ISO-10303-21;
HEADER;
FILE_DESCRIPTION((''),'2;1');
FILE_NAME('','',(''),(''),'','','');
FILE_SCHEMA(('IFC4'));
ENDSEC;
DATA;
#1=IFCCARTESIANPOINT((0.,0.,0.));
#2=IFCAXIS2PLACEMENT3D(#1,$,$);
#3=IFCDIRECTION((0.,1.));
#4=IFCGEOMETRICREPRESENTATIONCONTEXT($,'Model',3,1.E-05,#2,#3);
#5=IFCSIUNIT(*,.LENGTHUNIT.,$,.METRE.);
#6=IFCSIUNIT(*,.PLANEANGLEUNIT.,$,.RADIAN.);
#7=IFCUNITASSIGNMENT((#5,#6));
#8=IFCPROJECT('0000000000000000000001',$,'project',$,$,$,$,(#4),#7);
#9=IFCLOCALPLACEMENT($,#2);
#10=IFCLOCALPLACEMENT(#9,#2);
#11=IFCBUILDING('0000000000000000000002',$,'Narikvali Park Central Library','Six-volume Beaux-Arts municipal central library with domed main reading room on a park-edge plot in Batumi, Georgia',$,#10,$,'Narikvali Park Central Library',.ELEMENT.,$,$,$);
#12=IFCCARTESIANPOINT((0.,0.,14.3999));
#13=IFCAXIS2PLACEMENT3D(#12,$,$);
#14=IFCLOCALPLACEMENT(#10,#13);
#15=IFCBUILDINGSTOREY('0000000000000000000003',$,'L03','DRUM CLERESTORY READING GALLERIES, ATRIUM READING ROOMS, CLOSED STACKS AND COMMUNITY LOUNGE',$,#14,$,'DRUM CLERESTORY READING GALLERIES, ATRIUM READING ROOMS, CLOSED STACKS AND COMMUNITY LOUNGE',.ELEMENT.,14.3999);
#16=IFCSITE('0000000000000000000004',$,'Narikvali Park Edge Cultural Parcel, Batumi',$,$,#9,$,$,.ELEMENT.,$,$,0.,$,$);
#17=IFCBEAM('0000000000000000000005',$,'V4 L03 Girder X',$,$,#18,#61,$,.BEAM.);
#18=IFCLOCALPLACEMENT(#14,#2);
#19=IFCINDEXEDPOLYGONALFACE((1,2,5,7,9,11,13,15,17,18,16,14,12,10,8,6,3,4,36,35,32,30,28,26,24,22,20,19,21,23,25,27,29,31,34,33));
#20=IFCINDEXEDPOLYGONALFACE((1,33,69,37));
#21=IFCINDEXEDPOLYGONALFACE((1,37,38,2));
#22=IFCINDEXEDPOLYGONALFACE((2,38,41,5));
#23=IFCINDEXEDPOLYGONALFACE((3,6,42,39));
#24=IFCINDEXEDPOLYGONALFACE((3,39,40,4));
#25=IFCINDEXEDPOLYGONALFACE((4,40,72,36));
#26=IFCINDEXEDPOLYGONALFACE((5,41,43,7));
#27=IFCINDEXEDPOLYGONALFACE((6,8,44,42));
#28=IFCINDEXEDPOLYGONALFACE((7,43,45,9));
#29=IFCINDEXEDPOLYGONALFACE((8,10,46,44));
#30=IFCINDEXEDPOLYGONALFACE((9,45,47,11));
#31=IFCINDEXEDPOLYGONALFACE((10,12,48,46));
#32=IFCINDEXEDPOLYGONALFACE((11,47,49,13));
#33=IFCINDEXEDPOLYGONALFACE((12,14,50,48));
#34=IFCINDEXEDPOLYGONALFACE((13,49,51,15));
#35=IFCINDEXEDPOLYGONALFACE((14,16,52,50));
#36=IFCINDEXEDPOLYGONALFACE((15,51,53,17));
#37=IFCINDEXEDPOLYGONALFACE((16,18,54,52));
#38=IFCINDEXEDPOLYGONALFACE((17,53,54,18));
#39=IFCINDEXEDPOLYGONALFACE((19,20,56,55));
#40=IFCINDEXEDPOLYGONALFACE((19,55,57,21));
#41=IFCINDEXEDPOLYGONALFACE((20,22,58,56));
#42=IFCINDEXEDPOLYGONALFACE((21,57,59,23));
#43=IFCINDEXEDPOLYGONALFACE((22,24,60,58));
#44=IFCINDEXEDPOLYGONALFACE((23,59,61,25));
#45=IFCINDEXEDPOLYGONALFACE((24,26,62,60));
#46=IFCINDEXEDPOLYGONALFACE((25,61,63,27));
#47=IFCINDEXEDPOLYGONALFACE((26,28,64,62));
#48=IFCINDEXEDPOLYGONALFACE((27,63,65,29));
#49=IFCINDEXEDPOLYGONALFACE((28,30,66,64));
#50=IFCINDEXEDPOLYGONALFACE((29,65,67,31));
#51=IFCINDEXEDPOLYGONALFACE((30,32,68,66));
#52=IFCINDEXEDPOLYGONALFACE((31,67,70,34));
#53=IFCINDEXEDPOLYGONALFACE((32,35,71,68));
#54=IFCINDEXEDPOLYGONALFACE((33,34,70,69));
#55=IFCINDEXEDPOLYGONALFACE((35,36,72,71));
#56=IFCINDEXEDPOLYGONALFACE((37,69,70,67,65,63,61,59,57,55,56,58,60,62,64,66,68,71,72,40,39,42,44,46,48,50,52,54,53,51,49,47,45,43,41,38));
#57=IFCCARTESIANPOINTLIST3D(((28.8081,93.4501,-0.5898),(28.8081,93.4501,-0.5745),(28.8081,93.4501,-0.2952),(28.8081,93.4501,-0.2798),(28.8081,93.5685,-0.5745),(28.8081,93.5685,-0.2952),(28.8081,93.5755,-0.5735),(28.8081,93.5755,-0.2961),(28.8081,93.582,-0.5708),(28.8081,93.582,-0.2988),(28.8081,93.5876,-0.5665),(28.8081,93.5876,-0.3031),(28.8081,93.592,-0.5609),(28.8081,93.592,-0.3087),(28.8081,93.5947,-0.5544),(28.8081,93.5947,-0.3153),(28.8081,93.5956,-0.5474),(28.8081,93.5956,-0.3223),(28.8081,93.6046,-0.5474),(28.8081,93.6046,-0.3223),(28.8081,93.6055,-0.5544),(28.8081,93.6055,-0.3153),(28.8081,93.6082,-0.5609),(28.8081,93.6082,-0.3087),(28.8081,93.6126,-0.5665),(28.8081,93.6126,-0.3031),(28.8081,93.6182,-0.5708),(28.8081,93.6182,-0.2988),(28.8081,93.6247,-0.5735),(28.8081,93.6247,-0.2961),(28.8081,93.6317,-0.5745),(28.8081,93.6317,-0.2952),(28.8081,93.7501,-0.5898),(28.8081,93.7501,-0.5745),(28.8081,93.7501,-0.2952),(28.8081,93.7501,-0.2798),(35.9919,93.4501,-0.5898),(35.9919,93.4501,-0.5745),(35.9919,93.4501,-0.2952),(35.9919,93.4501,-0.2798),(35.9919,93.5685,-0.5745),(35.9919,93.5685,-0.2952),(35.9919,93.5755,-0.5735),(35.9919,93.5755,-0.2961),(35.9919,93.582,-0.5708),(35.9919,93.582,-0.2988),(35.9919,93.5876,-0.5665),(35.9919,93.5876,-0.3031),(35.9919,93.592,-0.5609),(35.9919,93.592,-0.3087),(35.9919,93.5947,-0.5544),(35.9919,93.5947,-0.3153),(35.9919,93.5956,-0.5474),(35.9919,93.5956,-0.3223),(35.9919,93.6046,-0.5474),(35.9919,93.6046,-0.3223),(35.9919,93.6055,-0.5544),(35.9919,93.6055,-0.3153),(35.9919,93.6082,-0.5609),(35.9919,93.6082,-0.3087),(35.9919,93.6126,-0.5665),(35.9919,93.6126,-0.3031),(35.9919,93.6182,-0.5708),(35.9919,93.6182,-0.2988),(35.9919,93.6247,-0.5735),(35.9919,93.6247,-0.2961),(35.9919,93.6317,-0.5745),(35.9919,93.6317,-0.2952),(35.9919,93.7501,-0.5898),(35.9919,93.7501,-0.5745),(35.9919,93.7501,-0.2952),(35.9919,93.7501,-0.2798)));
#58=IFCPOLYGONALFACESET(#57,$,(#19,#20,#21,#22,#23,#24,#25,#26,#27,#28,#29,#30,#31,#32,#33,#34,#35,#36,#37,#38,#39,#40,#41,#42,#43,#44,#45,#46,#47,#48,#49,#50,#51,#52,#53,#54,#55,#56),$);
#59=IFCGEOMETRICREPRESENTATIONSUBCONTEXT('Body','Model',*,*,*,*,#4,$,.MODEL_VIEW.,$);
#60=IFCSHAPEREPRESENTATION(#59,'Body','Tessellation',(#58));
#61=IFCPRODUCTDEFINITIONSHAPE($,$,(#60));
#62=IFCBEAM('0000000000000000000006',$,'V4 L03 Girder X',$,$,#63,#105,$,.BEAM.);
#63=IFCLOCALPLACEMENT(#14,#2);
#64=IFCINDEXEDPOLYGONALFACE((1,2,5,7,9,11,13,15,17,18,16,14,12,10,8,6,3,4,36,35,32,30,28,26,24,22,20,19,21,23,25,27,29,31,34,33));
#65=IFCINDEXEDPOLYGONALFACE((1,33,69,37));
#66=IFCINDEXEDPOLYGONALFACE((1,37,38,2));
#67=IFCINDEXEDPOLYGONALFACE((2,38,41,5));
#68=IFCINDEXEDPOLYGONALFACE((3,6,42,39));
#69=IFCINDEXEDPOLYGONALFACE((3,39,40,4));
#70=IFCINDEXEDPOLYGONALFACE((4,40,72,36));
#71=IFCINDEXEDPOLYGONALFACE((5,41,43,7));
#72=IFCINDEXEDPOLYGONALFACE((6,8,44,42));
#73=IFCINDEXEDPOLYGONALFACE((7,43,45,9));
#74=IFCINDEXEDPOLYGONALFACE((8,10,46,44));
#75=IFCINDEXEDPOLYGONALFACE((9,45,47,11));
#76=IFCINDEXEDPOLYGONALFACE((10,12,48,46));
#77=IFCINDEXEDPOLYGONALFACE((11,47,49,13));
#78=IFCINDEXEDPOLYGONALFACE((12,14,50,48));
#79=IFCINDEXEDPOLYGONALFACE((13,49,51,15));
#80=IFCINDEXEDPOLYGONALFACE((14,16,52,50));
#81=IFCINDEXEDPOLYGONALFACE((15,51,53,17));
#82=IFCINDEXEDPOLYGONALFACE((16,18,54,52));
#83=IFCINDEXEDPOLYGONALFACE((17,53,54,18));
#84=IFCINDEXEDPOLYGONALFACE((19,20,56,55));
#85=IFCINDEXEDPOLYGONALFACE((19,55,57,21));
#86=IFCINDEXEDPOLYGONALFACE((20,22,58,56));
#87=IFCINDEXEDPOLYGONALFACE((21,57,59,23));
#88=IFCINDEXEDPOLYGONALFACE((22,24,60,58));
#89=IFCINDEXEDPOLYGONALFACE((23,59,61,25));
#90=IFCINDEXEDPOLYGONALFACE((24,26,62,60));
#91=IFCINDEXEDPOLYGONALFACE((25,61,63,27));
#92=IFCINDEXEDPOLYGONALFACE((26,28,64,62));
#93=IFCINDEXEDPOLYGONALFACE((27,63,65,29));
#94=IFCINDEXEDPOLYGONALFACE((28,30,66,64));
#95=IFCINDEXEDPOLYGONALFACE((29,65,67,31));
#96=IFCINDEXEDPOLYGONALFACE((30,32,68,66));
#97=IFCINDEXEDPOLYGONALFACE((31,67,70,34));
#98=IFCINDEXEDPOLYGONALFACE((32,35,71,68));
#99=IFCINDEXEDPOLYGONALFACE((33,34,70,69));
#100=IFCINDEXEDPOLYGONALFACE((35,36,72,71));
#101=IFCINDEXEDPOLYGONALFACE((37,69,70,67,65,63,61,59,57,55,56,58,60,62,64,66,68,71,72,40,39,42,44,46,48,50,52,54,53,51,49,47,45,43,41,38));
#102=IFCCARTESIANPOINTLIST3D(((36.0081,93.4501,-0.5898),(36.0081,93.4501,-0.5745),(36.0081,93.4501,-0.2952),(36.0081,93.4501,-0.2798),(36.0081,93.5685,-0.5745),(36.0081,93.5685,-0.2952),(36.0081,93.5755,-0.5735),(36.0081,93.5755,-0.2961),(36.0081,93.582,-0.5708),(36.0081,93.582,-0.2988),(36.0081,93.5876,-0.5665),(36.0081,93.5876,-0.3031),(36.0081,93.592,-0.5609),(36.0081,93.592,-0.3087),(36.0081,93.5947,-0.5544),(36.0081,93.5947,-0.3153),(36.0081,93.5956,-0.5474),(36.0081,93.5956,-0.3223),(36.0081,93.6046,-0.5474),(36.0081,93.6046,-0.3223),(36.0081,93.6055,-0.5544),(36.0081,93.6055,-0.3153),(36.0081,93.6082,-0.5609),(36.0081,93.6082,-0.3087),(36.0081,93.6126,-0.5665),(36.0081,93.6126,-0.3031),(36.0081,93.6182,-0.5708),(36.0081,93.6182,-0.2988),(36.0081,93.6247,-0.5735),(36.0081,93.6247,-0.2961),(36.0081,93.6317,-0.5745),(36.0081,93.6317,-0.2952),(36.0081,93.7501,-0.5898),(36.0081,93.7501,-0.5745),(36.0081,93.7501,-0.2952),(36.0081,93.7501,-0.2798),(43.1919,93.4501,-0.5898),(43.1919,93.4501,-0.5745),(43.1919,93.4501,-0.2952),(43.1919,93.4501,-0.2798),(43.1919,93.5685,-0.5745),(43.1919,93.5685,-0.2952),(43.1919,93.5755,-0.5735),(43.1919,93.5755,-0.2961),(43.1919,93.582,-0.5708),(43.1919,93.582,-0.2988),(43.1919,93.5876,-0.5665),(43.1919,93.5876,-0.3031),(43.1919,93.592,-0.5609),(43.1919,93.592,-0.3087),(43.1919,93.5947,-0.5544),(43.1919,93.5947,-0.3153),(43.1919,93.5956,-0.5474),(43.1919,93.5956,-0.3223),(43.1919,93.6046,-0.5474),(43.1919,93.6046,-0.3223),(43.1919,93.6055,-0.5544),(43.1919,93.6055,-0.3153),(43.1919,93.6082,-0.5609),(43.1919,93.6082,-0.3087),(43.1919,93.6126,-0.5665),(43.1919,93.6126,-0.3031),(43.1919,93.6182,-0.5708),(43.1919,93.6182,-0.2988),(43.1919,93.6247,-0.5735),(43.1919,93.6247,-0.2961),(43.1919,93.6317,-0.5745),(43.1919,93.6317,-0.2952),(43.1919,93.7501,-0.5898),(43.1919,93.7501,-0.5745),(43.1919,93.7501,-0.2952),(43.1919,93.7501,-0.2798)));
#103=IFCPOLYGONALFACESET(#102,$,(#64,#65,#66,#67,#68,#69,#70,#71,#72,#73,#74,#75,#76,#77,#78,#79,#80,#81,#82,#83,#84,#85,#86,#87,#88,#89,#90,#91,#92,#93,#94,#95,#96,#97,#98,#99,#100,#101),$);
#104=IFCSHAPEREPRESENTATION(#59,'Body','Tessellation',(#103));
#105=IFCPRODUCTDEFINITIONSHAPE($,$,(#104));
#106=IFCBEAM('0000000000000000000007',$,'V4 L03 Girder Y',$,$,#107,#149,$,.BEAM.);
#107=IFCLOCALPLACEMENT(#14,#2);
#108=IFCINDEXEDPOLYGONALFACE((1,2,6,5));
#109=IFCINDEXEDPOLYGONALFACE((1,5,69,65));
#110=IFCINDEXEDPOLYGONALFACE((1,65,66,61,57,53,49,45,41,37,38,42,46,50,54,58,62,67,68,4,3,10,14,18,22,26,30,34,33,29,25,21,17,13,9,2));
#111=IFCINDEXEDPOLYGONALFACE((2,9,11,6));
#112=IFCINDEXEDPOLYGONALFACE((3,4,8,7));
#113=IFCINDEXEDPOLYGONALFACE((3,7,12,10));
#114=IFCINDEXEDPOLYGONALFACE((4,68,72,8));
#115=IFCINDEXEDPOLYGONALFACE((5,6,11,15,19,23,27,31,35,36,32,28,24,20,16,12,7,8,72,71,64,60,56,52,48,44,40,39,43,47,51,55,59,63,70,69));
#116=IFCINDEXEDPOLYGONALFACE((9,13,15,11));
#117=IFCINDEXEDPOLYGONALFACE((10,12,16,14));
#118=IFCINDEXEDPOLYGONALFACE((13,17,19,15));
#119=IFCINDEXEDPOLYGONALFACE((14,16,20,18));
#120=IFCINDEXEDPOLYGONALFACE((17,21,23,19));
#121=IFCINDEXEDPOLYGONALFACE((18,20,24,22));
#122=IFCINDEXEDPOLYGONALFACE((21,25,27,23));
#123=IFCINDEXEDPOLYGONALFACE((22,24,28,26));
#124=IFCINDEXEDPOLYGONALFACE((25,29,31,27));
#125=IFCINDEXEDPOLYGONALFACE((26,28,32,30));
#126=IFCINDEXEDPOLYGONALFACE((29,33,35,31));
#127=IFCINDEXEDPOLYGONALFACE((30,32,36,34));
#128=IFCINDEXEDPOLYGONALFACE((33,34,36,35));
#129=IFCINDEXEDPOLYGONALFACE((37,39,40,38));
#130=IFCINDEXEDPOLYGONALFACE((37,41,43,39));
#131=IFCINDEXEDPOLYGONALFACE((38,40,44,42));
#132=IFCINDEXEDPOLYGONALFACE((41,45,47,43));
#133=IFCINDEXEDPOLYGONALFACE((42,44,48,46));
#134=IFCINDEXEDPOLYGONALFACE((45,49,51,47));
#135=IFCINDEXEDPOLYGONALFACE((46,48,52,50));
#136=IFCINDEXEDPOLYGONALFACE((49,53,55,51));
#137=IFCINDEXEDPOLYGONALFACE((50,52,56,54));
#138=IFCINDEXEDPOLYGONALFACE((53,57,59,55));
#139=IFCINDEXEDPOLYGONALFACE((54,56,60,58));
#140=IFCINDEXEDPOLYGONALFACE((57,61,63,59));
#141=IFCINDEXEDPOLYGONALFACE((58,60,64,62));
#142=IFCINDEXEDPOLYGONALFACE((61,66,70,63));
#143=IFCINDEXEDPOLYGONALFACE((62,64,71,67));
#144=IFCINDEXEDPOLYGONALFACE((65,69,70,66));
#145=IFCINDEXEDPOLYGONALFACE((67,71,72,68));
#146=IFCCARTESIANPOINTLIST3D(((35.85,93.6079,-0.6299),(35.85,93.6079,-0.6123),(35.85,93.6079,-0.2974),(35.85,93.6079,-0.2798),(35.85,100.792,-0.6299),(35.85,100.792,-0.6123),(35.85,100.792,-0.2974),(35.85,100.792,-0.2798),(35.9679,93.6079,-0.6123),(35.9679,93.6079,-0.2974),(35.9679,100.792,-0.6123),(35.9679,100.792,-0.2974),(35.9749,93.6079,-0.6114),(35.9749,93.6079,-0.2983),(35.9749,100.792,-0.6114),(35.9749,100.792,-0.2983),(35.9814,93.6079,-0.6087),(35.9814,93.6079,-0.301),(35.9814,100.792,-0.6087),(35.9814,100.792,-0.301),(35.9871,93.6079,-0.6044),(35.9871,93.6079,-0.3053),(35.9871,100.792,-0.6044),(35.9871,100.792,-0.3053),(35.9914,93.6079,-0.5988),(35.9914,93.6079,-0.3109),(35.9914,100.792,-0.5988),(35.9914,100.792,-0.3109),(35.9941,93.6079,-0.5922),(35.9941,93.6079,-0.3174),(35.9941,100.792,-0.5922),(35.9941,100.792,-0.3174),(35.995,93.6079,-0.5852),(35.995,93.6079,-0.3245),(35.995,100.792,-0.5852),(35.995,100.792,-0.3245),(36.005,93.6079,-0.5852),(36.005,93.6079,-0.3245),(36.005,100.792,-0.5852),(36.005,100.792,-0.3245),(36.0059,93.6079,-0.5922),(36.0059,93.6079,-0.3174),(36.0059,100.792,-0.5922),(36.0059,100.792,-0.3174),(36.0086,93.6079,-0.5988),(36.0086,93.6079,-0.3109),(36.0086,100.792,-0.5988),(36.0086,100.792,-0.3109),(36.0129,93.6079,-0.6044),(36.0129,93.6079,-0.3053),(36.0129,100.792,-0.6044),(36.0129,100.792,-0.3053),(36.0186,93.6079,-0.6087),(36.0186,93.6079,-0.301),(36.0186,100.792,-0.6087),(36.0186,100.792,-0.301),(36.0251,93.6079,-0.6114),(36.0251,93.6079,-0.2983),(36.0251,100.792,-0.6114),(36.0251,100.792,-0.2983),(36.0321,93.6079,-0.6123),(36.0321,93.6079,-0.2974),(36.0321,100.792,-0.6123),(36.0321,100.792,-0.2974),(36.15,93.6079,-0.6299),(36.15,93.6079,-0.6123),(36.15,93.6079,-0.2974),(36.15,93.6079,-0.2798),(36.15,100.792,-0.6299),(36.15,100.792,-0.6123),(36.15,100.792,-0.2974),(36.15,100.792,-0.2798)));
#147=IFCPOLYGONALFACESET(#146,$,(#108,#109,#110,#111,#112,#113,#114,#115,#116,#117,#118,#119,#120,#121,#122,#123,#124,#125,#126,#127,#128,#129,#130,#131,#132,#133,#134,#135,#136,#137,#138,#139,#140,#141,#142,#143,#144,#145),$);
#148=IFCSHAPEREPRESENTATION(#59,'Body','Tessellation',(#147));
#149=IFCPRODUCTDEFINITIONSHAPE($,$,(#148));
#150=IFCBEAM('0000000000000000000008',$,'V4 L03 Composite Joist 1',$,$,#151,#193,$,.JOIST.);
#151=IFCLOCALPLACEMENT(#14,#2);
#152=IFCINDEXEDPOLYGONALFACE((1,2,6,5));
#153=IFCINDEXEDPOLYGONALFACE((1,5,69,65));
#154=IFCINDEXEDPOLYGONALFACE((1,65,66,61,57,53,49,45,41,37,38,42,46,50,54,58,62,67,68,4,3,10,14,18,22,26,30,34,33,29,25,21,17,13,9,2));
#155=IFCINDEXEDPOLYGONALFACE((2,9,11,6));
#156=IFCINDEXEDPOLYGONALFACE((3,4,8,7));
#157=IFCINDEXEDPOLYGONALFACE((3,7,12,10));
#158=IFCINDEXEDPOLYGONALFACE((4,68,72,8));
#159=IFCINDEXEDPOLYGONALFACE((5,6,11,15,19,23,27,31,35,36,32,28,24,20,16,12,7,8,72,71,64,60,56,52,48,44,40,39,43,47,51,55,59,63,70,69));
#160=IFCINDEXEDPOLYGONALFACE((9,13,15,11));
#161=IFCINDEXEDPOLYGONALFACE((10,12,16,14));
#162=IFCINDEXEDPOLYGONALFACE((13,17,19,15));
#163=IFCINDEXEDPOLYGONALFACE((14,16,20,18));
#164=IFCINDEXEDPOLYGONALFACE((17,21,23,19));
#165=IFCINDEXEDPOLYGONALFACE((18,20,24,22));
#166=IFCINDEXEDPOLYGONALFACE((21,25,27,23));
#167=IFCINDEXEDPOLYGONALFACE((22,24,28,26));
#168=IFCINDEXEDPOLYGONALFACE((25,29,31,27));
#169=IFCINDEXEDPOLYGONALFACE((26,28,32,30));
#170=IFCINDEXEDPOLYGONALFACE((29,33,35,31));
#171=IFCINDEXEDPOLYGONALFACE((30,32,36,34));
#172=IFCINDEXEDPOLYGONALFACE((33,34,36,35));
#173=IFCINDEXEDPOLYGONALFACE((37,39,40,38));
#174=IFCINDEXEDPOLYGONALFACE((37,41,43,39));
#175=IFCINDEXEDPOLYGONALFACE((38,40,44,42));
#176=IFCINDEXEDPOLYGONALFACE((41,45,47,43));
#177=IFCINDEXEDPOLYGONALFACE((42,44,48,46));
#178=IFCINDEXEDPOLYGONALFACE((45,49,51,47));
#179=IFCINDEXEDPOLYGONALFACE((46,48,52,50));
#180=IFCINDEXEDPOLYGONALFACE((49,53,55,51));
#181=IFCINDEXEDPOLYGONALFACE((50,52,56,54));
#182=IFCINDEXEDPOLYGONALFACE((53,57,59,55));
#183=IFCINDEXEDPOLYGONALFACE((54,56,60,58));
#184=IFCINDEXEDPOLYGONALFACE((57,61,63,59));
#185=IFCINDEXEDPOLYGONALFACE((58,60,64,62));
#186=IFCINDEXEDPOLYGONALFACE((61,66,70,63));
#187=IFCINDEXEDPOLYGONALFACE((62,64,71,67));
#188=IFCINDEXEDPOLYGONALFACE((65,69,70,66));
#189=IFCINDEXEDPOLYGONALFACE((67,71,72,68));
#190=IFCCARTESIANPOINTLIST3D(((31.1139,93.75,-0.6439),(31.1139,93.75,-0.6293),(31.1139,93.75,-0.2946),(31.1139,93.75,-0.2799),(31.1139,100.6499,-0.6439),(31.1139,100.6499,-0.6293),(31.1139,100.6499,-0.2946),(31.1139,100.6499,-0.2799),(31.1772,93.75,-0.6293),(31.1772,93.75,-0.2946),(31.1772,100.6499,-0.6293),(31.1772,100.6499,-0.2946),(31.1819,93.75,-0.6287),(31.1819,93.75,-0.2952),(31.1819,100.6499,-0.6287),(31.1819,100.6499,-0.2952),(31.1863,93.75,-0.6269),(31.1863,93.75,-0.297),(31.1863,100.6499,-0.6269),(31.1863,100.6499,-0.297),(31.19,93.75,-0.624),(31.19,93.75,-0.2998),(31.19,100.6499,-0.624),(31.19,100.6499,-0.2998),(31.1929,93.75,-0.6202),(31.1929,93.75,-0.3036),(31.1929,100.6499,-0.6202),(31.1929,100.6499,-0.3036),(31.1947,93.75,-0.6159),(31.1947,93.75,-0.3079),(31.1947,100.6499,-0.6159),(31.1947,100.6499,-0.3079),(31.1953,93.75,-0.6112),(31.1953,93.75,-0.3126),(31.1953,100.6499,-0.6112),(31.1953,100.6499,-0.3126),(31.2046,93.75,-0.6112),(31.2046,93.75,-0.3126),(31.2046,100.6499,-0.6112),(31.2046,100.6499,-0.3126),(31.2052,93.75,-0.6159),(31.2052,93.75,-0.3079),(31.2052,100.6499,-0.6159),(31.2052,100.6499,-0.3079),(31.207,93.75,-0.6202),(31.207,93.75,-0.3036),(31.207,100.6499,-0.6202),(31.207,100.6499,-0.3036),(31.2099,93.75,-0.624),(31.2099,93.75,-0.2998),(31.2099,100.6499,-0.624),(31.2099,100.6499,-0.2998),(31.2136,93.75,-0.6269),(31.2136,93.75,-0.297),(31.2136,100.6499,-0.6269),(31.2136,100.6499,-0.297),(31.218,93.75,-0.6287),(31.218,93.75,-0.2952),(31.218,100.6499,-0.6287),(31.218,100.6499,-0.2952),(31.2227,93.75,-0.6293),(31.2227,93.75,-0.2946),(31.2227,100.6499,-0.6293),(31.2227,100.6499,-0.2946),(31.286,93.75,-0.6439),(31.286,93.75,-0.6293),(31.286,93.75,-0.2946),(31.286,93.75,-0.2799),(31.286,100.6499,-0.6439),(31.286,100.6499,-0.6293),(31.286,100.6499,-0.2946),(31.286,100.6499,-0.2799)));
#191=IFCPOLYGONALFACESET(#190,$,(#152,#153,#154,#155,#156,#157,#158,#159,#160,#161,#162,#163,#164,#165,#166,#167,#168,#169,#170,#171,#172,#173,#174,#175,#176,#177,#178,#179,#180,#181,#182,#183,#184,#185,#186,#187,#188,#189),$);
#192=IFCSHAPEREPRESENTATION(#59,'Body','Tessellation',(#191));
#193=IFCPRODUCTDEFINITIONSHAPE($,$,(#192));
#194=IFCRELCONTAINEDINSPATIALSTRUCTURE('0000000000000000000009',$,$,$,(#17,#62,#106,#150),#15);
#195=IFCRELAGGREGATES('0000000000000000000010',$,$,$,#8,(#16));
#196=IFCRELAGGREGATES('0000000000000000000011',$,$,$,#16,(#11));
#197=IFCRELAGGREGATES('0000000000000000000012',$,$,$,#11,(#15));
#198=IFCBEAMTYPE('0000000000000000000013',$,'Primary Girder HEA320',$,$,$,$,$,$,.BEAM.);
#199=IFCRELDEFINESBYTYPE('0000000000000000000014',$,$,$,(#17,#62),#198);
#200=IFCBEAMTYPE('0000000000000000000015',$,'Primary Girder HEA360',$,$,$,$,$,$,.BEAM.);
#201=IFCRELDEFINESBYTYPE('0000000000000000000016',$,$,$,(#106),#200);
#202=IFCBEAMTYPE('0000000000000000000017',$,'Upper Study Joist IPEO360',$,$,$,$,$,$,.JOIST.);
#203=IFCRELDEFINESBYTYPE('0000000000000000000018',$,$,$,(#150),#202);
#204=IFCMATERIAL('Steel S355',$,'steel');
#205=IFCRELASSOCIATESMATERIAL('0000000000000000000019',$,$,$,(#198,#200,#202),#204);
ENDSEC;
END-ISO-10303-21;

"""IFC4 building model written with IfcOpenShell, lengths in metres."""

from ifc_helpers import new_model, si_unit, direction, frame, origin, origin_2d, place, context, subcontext, project, spatial, i_section, extrude, material, material_profile, profile_set, type_object, element, save


model = new_model("IFC4")

# Units and contexts
model_context = context("Model", 3, precision=1e-05, world=origin(), true_north=direction((0.0, 1.0)))
body_context = subcontext(model_context, "Body", "Model", "MODEL_VIEW")
ifc_project = project(units=[si_unit("LENGTHUNIT", "METRE"), si_unit("PLANEANGLEUNIT", "RADIAN")], contexts=[model_context])

# Site, building, storey
site_placement = place(None, origin())
site = spatial("IfcSite", under=ifc_project, at=site_placement, Name="Narikvali Park Edge Cultural Parcel, Batumi", CompositionType="ELEMENT", RefElevation=0.0)
building_placement = place(site_placement, origin())
building = spatial("IfcBuilding", under=site, at=building_placement, Name="Narikvali Park Central Library", Description="Six-volume Beaux-Arts municipal central library with domed main reading room on a park-edge plot in Batumi, Georgia", LongName="Narikvali Park Central Library", CompositionType="ELEMENT")
storey_placement = place(building_placement, frame((0.0, 0.0, 14.3999)))
storey = spatial("IfcBuildingStorey", under=building, at=storey_placement, Name="L03", Description="DRUM CLERESTORY READING GALLERIES, ATRIUM READING ROOMS, CLOSED STACKS AND COMMUNITY LOUNGE", LongName="DRUM CLERESTORY READING GALLERIES, ATRIUM READING ROOMS, CLOSED STACKS AND COMMUNITY LOUNGE", CompositionType="ELEMENT", Elevation=14.3999)

# Shared definitions
ifc_material_1 = material(Name="Steel S355", Category="steel")

# Beams
ifc_material_profile_1 = material_profile(ifc_material_1, i_section(OverallWidth=0.3, OverallDepth=0.3101, WebThickness=0.009, FlangeThickness=0.0154, FilletRadius=0.0271, at=origin_2d()), Name="HEA 320")
ifc_profile_set_1 = profile_set([ifc_material_profile_1], Name="Steel S355")
beam_type_1 = type_object("IfcBeamType", Name="Primary Girder HEA320", PredefinedType="BEAM", material=ifc_profile_set_1)
for number, where, z_axis, x_axis, name in (
    (1, (28.8081, 93.6001, -0.4348), (1.0, 0.0, 0.0), (0.0, 1.0, 0.0), "V4 L03 Girder X"),
    (2, (36.0081, 93.6001, -0.4348), (1.0, 0.0, 0.0), (0.0, 1.0, 0.0), "V4 L03 Girder X"),
):
    element("IfcBeam", number, at=place(storey_placement, frame(where, z_axis=z_axis, x_axis=x_axis)), inside=storey, type_object=beam_type_1, Name=name, PredefinedType="BEAM", context=body_context, shape_type="SweptSolid", body=[
        extrude(i_section(OverallWidth=0.3, OverallDepth=0.3101, WebThickness=0.009, FlangeThickness=0.0154, FilletRadius=0.0271, at=origin_2d()), origin(), (0.0, 0.0, 1.0), 7.1838),
    ])
ifc_material_profile_2 = material_profile(ifc_material_1, i_section(OverallWidth=0.3, OverallDepth=0.3501, WebThickness=0.01, FlangeThickness=0.0176, FilletRadius=0.0271, at=origin_2d()), Name="HEA 360")
ifc_profile_set_2 = profile_set([ifc_material_profile_2], Name="Steel S355")
beam_type_2 = type_object("IfcBeamType", Name="Primary Girder HEA360", PredefinedType="BEAM", material=ifc_profile_set_2)
beam_1_placement = place(storey_placement, frame((36.0, 93.6079, -0.4548), z_axis=(0.0, 1.0, 0.0), x_axis=(-1.0, 0.0, 0.0)))
element("IfcBeam", 3, at=beam_1_placement, inside=storey, type_object=beam_type_2, Name="V4 L03 Girder Y", PredefinedType="BEAM", context=body_context, shape_type="SweptSolid", body=[
    extrude(i_section(OverallWidth=0.3, OverallDepth=0.3501, WebThickness=0.01, FlangeThickness=0.0176, FilletRadius=0.0271, at=origin_2d()), origin(), (0.0, 0.0, 1.0), 7.1841),
])
ifc_material_profile_3 = material_profile(ifc_material_1, i_section(OverallWidth=0.1721, OverallDepth=0.364, WebThickness=0.0093, FlangeThickness=0.0146, FilletRadius=0.0181, at=origin_2d()), Name="IPEO 360")
ifc_profile_set_3 = profile_set([ifc_material_profile_3], Name="Steel S355")
beam_type_3 = type_object("IfcBeamType", Name="Upper Study Joist IPEO360", PredefinedType="JOIST", material=ifc_profile_set_3)
for number, where, z_axis, x_axis, name in (
    (4, (31.2, 93.75, -0.4619), (0.0, 1.0, 0.0), (-1.0, 0.0, 0.0), "V4 L03 Composite Joist 1"),
):
    element("IfcBeam", number, at=place(storey_placement, frame(where, z_axis=z_axis, x_axis=x_axis)), inside=storey, type_object=beam_type_3, Name=name, PredefinedType="JOIST", context=body_context, shape_type="SweptSolid", body=[
        extrude(i_section(OverallWidth=0.1721, OverallDepth=0.364, WebThickness=0.0093, FlangeThickness=0.0146, FilletRadius=0.0181, at=origin_2d()), origin(), (0.0, 0.0, 1.0), 6.8999),
    ])

save(model, "model.ifc")
